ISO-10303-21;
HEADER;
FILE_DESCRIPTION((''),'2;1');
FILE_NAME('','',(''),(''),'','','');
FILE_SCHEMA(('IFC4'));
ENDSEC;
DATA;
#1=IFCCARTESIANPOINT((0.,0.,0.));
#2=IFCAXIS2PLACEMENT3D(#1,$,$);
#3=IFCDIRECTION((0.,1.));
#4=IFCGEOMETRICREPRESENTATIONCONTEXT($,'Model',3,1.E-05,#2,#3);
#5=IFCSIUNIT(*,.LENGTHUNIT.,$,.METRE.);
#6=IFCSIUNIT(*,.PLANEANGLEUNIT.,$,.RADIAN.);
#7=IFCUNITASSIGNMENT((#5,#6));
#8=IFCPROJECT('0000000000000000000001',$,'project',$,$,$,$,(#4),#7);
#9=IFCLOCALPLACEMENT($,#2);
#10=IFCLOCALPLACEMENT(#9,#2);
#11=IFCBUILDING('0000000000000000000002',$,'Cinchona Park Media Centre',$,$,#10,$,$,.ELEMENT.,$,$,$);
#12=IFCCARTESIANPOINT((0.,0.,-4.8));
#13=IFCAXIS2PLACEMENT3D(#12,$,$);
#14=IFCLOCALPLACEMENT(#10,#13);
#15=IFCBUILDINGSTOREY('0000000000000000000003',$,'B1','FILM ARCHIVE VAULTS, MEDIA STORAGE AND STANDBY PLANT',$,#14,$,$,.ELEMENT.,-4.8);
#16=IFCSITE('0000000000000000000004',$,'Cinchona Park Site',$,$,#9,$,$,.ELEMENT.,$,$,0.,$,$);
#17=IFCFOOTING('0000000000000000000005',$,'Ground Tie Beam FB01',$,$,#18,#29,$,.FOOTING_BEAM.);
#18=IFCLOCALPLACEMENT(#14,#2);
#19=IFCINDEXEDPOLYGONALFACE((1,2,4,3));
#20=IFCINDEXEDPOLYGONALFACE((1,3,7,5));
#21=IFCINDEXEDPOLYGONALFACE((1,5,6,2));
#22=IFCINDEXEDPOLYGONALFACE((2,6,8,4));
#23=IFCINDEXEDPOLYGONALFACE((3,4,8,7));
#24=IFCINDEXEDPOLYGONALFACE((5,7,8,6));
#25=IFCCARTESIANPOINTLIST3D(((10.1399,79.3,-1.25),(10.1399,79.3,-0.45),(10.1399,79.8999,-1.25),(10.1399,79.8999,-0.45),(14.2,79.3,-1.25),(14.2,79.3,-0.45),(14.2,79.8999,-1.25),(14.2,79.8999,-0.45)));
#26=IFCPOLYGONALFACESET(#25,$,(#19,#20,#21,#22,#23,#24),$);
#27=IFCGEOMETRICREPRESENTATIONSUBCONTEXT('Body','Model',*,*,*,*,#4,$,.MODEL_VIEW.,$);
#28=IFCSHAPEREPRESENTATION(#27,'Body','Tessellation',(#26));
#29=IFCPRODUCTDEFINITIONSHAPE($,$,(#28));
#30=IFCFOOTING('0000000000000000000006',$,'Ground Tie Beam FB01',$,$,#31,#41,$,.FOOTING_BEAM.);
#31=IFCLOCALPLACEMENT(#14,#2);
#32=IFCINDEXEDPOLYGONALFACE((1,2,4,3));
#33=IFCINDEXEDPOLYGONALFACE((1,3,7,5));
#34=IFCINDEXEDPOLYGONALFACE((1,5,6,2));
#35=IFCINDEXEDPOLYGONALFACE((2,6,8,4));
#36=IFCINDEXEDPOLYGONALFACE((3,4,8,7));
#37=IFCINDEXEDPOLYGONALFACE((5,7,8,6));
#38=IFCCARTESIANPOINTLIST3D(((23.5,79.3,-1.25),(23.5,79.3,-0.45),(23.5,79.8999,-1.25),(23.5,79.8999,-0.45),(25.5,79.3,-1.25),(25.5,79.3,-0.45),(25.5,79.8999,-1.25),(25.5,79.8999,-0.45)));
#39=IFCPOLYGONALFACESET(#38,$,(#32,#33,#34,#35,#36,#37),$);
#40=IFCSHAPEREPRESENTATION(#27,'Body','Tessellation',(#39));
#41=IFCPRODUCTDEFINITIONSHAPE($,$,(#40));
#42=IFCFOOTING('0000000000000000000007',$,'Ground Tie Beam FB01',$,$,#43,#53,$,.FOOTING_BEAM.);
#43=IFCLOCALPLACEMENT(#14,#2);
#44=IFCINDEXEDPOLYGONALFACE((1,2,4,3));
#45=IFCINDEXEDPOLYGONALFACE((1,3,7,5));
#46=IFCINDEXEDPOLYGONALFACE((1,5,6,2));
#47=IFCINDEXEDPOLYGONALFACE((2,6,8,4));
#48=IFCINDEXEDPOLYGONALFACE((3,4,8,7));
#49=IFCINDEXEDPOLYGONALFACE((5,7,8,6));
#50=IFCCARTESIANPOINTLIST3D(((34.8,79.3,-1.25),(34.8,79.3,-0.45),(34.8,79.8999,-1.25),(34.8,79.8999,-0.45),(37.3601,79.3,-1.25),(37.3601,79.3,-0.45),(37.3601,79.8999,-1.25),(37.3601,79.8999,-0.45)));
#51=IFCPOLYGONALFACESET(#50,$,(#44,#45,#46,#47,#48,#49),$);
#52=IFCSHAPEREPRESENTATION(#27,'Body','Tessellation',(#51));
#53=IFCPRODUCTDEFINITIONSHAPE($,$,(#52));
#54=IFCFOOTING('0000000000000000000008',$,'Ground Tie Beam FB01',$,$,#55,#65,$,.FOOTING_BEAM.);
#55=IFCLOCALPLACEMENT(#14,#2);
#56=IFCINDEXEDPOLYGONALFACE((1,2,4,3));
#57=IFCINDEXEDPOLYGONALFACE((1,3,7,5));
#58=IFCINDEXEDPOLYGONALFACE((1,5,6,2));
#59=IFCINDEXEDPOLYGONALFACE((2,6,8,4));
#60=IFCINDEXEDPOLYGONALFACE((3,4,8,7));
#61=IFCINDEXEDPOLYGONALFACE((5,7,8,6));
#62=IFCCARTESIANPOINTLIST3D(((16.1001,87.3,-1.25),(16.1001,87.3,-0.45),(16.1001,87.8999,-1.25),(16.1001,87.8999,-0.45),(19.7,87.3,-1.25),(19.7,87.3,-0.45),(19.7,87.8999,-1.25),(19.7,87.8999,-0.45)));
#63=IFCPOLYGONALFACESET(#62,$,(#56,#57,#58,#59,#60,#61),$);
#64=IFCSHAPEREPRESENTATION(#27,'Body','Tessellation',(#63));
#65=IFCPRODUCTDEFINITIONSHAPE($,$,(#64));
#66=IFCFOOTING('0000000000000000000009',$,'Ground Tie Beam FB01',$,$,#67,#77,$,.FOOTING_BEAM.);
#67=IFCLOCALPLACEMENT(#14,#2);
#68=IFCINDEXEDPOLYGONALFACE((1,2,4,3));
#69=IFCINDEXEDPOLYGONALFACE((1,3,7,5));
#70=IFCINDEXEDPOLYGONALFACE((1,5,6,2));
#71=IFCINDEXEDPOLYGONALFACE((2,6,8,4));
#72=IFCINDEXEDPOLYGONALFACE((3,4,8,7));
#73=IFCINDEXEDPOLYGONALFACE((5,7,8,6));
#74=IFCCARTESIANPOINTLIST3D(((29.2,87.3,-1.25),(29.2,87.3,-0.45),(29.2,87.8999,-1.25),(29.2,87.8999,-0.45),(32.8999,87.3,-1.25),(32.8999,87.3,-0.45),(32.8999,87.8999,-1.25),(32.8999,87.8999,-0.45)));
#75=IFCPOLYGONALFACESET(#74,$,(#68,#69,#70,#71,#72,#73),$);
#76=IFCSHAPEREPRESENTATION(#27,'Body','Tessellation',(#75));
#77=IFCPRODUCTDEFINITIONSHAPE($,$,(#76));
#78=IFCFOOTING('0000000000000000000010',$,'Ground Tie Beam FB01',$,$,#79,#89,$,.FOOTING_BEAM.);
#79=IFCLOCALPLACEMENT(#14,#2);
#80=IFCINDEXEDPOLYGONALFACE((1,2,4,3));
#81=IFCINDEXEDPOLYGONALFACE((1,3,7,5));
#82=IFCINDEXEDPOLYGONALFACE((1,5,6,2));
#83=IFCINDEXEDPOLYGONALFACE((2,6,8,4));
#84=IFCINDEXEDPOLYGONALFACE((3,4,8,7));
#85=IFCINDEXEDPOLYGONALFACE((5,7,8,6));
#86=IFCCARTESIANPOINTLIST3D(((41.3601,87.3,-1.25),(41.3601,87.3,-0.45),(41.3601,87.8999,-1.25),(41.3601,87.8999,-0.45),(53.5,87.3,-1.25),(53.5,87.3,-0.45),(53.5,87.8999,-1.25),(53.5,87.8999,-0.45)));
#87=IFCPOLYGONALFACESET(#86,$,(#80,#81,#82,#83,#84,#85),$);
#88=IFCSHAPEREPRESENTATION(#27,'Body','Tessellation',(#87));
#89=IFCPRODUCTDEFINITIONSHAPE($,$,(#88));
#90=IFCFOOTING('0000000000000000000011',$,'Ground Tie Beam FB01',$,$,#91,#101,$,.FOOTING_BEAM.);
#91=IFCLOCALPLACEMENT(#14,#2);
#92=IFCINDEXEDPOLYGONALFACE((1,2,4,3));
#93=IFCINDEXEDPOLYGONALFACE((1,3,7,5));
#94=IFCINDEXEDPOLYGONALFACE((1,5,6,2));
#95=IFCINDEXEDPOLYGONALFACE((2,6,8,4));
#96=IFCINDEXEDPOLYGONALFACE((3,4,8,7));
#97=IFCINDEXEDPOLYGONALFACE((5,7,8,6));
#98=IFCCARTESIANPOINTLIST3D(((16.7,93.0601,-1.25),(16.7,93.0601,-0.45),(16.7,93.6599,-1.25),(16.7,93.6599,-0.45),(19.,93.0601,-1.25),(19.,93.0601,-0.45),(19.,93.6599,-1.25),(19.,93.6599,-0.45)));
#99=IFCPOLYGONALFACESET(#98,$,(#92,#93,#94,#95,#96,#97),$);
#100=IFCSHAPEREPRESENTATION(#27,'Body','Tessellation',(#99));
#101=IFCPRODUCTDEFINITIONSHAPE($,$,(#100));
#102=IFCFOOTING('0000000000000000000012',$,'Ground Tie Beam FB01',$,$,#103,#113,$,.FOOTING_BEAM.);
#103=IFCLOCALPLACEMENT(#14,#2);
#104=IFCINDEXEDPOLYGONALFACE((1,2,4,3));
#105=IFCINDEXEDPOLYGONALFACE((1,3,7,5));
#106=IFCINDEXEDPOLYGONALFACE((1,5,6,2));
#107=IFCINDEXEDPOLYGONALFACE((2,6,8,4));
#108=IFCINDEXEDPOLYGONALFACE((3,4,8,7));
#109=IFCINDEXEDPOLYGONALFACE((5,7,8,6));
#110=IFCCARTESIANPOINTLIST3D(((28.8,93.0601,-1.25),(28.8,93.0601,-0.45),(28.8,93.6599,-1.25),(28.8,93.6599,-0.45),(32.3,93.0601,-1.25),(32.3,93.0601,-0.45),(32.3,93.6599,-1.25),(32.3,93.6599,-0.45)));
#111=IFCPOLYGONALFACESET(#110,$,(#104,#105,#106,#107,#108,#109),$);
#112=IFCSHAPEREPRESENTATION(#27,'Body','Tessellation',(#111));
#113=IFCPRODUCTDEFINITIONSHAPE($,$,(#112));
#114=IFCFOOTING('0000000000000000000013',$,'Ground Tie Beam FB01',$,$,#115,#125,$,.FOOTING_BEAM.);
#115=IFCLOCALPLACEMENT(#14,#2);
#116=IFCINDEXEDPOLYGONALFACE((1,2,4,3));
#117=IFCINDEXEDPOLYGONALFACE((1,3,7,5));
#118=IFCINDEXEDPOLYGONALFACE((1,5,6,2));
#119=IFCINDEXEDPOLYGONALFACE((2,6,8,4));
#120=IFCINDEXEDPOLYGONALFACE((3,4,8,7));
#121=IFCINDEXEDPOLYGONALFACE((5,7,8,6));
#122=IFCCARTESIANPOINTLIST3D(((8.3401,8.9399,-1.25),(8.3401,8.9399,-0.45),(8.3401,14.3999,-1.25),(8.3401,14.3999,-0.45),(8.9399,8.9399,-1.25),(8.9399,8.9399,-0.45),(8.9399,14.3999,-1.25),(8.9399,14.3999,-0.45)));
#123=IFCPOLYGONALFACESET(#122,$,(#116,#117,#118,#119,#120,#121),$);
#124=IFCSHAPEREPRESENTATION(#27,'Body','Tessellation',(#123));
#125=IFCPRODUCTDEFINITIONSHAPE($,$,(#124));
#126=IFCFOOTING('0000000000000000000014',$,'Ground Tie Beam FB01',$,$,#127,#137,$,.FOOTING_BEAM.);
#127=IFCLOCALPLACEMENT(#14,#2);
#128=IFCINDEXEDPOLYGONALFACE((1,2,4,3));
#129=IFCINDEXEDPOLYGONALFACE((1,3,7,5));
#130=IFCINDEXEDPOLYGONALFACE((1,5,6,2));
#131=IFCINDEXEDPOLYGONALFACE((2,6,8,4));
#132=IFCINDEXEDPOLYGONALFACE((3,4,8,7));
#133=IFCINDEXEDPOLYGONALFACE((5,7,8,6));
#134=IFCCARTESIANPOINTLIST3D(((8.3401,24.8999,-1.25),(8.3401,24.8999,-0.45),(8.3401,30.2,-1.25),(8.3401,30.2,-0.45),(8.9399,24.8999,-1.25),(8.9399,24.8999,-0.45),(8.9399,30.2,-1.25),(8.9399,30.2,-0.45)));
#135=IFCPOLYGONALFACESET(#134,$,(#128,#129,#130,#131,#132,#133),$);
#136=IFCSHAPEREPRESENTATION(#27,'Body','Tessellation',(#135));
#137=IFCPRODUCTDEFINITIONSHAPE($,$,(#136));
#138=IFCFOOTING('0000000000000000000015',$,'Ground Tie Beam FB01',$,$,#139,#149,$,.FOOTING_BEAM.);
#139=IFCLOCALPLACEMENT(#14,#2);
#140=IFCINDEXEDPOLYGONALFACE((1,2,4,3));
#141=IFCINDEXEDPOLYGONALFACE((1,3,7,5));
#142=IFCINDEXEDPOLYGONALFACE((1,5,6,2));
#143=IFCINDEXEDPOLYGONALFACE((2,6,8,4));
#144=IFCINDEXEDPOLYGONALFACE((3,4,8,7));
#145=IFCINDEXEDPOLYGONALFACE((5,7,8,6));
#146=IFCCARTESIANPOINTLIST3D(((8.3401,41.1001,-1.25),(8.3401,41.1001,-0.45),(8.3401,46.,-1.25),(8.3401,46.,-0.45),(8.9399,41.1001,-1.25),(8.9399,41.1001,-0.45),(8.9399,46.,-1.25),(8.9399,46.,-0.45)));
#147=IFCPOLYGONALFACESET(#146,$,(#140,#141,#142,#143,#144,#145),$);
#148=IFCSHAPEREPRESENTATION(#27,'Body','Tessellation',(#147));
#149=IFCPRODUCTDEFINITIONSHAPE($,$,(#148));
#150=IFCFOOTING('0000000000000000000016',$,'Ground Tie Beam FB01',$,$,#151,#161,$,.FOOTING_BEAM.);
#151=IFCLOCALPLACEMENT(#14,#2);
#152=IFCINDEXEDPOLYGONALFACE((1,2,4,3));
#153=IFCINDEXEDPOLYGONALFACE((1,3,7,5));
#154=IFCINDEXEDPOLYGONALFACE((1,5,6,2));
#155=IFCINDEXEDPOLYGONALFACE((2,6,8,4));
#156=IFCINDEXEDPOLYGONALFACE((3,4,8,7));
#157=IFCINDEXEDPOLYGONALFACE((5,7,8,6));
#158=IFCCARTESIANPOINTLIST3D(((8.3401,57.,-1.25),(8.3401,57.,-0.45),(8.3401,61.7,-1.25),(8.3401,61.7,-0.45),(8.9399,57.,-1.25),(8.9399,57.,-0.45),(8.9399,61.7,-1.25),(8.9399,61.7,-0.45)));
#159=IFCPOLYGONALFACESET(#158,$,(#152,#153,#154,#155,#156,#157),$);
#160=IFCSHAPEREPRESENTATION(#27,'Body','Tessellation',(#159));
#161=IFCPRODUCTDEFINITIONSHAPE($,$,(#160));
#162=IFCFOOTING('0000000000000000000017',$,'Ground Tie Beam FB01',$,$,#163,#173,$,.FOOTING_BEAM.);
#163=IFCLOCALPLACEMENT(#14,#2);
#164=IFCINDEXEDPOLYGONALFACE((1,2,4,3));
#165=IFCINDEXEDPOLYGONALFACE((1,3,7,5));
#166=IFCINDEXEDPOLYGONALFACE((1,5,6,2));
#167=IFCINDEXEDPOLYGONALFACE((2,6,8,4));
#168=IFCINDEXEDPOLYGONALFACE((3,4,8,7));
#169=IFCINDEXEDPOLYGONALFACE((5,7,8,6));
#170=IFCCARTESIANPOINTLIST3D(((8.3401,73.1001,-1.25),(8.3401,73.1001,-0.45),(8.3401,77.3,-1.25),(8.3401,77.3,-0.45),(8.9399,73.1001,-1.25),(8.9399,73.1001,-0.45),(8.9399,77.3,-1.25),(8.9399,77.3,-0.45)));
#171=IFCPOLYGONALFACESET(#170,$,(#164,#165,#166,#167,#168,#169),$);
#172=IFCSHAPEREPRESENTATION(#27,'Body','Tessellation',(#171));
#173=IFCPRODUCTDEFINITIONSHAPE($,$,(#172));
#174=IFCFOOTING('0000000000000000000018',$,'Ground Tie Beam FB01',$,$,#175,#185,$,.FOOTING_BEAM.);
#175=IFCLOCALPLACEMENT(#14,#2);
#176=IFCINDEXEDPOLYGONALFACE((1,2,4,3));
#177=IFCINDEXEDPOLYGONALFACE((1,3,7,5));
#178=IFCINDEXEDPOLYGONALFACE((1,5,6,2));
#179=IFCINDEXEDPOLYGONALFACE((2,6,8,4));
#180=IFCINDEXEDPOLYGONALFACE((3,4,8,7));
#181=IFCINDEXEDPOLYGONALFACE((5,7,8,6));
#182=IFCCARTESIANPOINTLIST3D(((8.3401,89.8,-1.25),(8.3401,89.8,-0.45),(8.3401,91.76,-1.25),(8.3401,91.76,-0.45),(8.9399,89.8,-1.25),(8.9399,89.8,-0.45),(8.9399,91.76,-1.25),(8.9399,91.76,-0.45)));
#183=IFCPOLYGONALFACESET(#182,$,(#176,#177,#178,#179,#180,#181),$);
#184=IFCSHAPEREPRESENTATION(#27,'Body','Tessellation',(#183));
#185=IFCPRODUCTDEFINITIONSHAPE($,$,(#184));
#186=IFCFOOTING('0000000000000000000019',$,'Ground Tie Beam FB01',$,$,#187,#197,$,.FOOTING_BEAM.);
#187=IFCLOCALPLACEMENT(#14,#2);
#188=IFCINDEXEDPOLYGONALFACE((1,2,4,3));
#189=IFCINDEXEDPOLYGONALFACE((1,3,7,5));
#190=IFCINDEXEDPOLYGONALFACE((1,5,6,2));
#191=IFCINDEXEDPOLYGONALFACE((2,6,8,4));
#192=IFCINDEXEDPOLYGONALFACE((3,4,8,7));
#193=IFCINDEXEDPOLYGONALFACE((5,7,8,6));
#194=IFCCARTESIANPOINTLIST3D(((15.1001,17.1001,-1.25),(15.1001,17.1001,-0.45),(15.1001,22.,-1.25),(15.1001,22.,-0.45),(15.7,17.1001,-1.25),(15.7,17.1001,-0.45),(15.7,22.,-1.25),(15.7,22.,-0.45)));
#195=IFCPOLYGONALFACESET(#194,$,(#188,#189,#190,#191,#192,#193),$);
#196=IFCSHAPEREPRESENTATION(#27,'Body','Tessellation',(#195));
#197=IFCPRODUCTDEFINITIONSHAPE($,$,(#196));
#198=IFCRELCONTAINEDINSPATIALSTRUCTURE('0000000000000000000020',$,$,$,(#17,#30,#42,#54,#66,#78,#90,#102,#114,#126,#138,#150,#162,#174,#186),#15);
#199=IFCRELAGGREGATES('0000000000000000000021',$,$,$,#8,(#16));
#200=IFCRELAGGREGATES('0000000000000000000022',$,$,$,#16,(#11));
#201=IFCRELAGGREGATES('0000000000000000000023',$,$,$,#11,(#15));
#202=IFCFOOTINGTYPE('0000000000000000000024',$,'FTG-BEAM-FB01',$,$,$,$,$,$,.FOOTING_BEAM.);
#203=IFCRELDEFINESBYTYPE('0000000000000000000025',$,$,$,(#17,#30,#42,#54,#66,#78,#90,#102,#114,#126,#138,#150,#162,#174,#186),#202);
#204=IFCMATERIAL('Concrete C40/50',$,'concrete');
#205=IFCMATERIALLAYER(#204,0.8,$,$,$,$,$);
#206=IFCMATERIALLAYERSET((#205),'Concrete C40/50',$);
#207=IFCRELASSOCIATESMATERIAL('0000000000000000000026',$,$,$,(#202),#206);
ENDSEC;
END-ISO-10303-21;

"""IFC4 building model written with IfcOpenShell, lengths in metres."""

from ifc_helpers import new_model, si_unit, direction, frame, origin, place, context, subcontext, project, spatial, polyline, outline, extrude, material, layer, layer_set, type_object, element, save


model = new_model("IFC4")

# Units and contexts
model_context = context("Model", 3, precision=1e-05, world=origin(), true_north=direction((0.0, 1.0)))
body_context = subcontext(model_context, "Body", "Model", "MODEL_VIEW")
ifc_project = project(units=[si_unit("LENGTHUNIT", "METRE"), si_unit("PLANEANGLEUNIT", "RADIAN")], contexts=[model_context])

# Site, building, storey
site_placement = place(None, origin())
site = spatial("IfcSite", under=ifc_project, at=site_placement, Name="Cinchona Park Site", CompositionType="ELEMENT", RefElevation=0.0)
building_placement = place(site_placement, origin())
building = spatial("IfcBuilding", under=site, at=building_placement, Name="Cinchona Park Media Centre", CompositionType="ELEMENT")
storey_placement = place(building_placement, frame((0.0, 0.0, -4.8)))
storey = spatial("IfcBuildingStorey", under=building, at=storey_placement, Name="B1", Description="FILM ARCHIVE VAULTS, MEDIA STORAGE AND STANDBY PLANT", CompositionType="ELEMENT", Elevation=-4.8)

# Footings
ifc_material = material(Name="Concrete C40/50", Category="concrete")
ifc_layer = layer(ifc_material, 0.8)
ifc_layer_set = layer_set([ifc_layer], Name="Concrete C40/50")
footing_type = type_object("IfcFootingType", Name="FTG-BEAM-FB01", PredefinedType="FOOTING_BEAM", material=ifc_layer_set)
footing_1_placement = place(storey_placement, frame((0.0, 0.0, -1.25)))
element("IfcFooting", 1, at=footing_1_placement, inside=storey, type_object=footing_type, Name="Ground Tie Beam FB01", PredefinedType="FOOTING_BEAM", context=body_context, shape_type="SweptSolid", body=[
    extrude(outline(polyline([(10.1399, 79.3), (14.2, 79.3), (14.2, 79.8999), (10.1399, 79.8999), (10.1399, 79.3)])), origin(), (0.0, 0.0, 1.0), 0.8),
])
footing_2_placement = place(storey_placement, frame((0.0, 0.0, -1.25)))
element("IfcFooting", 2, at=footing_2_placement, inside=storey, type_object=footing_type, Name="Ground Tie Beam FB01", PredefinedType="FOOTING_BEAM", context=body_context, shape_type="SweptSolid", body=[
    extrude(outline(polyline([(23.5, 79.3), (25.5, 79.3), (25.5, 79.8999), (23.5, 79.8999), (23.5, 79.3)])), origin(), (0.0, 0.0, 1.0), 0.8),
])
footing_3_placement = place(storey_placement, frame((0.0, 0.0, -1.25)))
element("IfcFooting", 3, at=footing_3_placement, inside=storey, type_object=footing_type, Name="Ground Tie Beam FB01", PredefinedType="FOOTING_BEAM", context=body_context, shape_type="SweptSolid", body=[
    extrude(outline(polyline([(34.8, 79.3), (37.3601, 79.3), (37.3601, 79.8999), (34.8, 79.8999), (34.8, 79.3)])), origin(), (0.0, 0.0, 1.0), 0.8),
])
footing_4_placement = place(storey_placement, frame((0.0, 0.0, -1.25)))
element("IfcFooting", 4, at=footing_4_placement, inside=storey, type_object=footing_type, Name="Ground Tie Beam FB01", PredefinedType="FOOTING_BEAM", context=body_context, shape_type="SweptSolid", body=[
    extrude(outline(polyline([(16.1001, 87.3), (19.7, 87.3), (19.7, 87.8999), (16.1001, 87.8999), (16.1001, 87.3)])), origin(), (0.0, 0.0, 1.0), 0.8),
])
footing_5_placement = place(storey_placement, frame((0.0, 0.0, -1.25)))
element("IfcFooting", 5, at=footing_5_placement, inside=storey, type_object=footing_type, Name="Ground Tie Beam FB01", PredefinedType="FOOTING_BEAM", context=body_context, shape_type="SweptSolid", body=[
    extrude(outline(polyline([(29.2, 87.3), (32.8999, 87.3), (32.8999, 87.8999), (29.2, 87.8999), (29.2, 87.3)])), origin(), (0.0, 0.0, 1.0), 0.8),
])
footing_6_placement = place(storey_placement, frame((0.0, 0.0, -1.25)))
element("IfcFooting", 6, at=footing_6_placement, inside=storey, type_object=footing_type, Name="Ground Tie Beam FB01", PredefinedType="FOOTING_BEAM", context=body_context, shape_type="SweptSolid", body=[
    extrude(outline(polyline([(41.3601, 87.3), (53.5, 87.3), (53.5, 87.8999), (41.3601, 87.8999), (41.3601, 87.3)])), origin(), (0.0, 0.0, 1.0), 0.8),
])
footing_7_placement = place(storey_placement, frame((0.0, 0.0, -1.25)))
element("IfcFooting", 7, at=footing_7_placement, inside=storey, type_object=footing_type, Name="Ground Tie Beam FB01", PredefinedType="FOOTING_BEAM", context=body_context, shape_type="SweptSolid", body=[
    extrude(outline(polyline([(16.7, 93.0601), (19.0, 93.0601), (19.0, 93.6599), (16.7, 93.6599), (16.7, 93.0601)])), origin(), (0.0, 0.0, 1.0), 0.8),
])
footing_8_placement = place(storey_placement, frame((0.0, 0.0, -1.25)))
element("IfcFooting", 8, at=footing_8_placement, inside=storey, type_object=footing_type, Name="Ground Tie Beam FB01", PredefinedType="FOOTING_BEAM", context=body_context, shape_type="SweptSolid", body=[
    extrude(outline(polyline([(28.8, 93.0601), (32.3, 93.0601), (32.3, 93.6599), (28.8, 93.6599), (28.8, 93.0601)])), origin(), (0.0, 0.0, 1.0), 0.8),
])
footing_9_placement = place(storey_placement, frame((0.0, 0.0, -1.25)))
element("IfcFooting", 9, at=footing_9_placement, inside=storey, type_object=footing_type, Name="Ground Tie Beam FB01", PredefinedType="FOOTING_BEAM", context=body_context, shape_type="SweptSolid", body=[
    extrude(outline(polyline([(8.3401, 8.9399), (8.9399, 8.9399), (8.9399, 14.3999), (8.3401, 14.3999), (8.3401, 8.9399)])), origin(), (0.0, 0.0, 1.0), 0.8),
])
footing_10_placement = place(storey_placement, frame((0.0, 0.0, -1.25)))
element("IfcFooting", 10, at=footing_10_placement, inside=storey, type_object=footing_type, Name="Ground Tie Beam FB01", PredefinedType="FOOTING_BEAM", context=body_context, shape_type="SweptSolid", body=[
    extrude(outline(polyline([(8.3401, 24.8999), (8.9399, 24.8999), (8.9399, 30.2), (8.3401, 30.2), (8.3401, 24.8999)])), origin(), (0.0, 0.0, 1.0), 0.8),
])
footing_11_placement = place(storey_placement, frame((0.0, 0.0, -1.25)))
element("IfcFooting", 11, at=footing_11_placement, inside=storey, type_object=footing_type, Name="Ground Tie Beam FB01", PredefinedType="FOOTING_BEAM", context=body_context, shape_type="SweptSolid", body=[
    extrude(outline(polyline([(8.3401, 41.1001), (8.9399, 41.1001), (8.9399, 46.0), (8.3401, 46.0), (8.3401, 41.1001)])), origin(), (0.0, 0.0, 1.0), 0.8),
])
footing_12_placement = place(storey_placement, frame((0.0, 0.0, -1.25)))
element("IfcFooting", 12, at=footing_12_placement, inside=storey, type_object=footing_type, Name="Ground Tie Beam FB01", PredefinedType="FOOTING_BEAM", context=body_context, shape_type="SweptSolid", body=[
    extrude(outline(polyline([(8.3401, 57.0), (8.9399, 57.0), (8.9399, 61.7), (8.3401, 61.7), (8.3401, 57.0)])), origin(), (0.0, 0.0, 1.0), 0.8),
])
footing_13_placement = place(storey_placement, frame((0.0, 0.0, -1.25)))
element("IfcFooting", 13, at=footing_13_placement, inside=storey, type_object=footing_type, Name="Ground Tie Beam FB01", PredefinedType="FOOTING_BEAM", context=body_context, shape_type="SweptSolid", body=[
    extrude(outline(polyline([(8.3401, 73.1001), (8.9399, 73.1001), (8.9399, 77.3), (8.3401, 77.3), (8.3401, 73.1001)])), origin(), (0.0, 0.0, 1.0), 0.8),
])
footing_14_placement = place(storey_placement, frame((0.0, 0.0, -1.25)))
element("IfcFooting", 14, at=footing_14_placement, inside=storey, type_object=footing_type, Name="Ground Tie Beam FB01", PredefinedType="FOOTING_BEAM", context=body_context, shape_type="SweptSolid", body=[
    extrude(outline(polyline([(8.3401, 89.8), (8.9399, 89.8), (8.9399, 91.76), (8.3401, 91.76), (8.3401, 89.8)])), origin(), (0.0, 0.0, 1.0), 0.8),
])
footing_15_placement = place(storey_placement, frame((0.0, 0.0, -1.25)))
element("IfcFooting", 15, at=footing_15_placement, inside=storey, type_object=footing_type, Name="Ground Tie Beam FB01", PredefinedType="FOOTING_BEAM", context=body_context, shape_type="SweptSolid", body=[
    extrude(outline(polyline([(15.1001, 17.1001), (15.7, 17.1001), (15.7, 22.0), (15.1001, 22.0), (15.1001, 17.1001)])), origin(), (0.0, 0.0, 1.0), 0.8),
])

save(model, "model.ifc")
